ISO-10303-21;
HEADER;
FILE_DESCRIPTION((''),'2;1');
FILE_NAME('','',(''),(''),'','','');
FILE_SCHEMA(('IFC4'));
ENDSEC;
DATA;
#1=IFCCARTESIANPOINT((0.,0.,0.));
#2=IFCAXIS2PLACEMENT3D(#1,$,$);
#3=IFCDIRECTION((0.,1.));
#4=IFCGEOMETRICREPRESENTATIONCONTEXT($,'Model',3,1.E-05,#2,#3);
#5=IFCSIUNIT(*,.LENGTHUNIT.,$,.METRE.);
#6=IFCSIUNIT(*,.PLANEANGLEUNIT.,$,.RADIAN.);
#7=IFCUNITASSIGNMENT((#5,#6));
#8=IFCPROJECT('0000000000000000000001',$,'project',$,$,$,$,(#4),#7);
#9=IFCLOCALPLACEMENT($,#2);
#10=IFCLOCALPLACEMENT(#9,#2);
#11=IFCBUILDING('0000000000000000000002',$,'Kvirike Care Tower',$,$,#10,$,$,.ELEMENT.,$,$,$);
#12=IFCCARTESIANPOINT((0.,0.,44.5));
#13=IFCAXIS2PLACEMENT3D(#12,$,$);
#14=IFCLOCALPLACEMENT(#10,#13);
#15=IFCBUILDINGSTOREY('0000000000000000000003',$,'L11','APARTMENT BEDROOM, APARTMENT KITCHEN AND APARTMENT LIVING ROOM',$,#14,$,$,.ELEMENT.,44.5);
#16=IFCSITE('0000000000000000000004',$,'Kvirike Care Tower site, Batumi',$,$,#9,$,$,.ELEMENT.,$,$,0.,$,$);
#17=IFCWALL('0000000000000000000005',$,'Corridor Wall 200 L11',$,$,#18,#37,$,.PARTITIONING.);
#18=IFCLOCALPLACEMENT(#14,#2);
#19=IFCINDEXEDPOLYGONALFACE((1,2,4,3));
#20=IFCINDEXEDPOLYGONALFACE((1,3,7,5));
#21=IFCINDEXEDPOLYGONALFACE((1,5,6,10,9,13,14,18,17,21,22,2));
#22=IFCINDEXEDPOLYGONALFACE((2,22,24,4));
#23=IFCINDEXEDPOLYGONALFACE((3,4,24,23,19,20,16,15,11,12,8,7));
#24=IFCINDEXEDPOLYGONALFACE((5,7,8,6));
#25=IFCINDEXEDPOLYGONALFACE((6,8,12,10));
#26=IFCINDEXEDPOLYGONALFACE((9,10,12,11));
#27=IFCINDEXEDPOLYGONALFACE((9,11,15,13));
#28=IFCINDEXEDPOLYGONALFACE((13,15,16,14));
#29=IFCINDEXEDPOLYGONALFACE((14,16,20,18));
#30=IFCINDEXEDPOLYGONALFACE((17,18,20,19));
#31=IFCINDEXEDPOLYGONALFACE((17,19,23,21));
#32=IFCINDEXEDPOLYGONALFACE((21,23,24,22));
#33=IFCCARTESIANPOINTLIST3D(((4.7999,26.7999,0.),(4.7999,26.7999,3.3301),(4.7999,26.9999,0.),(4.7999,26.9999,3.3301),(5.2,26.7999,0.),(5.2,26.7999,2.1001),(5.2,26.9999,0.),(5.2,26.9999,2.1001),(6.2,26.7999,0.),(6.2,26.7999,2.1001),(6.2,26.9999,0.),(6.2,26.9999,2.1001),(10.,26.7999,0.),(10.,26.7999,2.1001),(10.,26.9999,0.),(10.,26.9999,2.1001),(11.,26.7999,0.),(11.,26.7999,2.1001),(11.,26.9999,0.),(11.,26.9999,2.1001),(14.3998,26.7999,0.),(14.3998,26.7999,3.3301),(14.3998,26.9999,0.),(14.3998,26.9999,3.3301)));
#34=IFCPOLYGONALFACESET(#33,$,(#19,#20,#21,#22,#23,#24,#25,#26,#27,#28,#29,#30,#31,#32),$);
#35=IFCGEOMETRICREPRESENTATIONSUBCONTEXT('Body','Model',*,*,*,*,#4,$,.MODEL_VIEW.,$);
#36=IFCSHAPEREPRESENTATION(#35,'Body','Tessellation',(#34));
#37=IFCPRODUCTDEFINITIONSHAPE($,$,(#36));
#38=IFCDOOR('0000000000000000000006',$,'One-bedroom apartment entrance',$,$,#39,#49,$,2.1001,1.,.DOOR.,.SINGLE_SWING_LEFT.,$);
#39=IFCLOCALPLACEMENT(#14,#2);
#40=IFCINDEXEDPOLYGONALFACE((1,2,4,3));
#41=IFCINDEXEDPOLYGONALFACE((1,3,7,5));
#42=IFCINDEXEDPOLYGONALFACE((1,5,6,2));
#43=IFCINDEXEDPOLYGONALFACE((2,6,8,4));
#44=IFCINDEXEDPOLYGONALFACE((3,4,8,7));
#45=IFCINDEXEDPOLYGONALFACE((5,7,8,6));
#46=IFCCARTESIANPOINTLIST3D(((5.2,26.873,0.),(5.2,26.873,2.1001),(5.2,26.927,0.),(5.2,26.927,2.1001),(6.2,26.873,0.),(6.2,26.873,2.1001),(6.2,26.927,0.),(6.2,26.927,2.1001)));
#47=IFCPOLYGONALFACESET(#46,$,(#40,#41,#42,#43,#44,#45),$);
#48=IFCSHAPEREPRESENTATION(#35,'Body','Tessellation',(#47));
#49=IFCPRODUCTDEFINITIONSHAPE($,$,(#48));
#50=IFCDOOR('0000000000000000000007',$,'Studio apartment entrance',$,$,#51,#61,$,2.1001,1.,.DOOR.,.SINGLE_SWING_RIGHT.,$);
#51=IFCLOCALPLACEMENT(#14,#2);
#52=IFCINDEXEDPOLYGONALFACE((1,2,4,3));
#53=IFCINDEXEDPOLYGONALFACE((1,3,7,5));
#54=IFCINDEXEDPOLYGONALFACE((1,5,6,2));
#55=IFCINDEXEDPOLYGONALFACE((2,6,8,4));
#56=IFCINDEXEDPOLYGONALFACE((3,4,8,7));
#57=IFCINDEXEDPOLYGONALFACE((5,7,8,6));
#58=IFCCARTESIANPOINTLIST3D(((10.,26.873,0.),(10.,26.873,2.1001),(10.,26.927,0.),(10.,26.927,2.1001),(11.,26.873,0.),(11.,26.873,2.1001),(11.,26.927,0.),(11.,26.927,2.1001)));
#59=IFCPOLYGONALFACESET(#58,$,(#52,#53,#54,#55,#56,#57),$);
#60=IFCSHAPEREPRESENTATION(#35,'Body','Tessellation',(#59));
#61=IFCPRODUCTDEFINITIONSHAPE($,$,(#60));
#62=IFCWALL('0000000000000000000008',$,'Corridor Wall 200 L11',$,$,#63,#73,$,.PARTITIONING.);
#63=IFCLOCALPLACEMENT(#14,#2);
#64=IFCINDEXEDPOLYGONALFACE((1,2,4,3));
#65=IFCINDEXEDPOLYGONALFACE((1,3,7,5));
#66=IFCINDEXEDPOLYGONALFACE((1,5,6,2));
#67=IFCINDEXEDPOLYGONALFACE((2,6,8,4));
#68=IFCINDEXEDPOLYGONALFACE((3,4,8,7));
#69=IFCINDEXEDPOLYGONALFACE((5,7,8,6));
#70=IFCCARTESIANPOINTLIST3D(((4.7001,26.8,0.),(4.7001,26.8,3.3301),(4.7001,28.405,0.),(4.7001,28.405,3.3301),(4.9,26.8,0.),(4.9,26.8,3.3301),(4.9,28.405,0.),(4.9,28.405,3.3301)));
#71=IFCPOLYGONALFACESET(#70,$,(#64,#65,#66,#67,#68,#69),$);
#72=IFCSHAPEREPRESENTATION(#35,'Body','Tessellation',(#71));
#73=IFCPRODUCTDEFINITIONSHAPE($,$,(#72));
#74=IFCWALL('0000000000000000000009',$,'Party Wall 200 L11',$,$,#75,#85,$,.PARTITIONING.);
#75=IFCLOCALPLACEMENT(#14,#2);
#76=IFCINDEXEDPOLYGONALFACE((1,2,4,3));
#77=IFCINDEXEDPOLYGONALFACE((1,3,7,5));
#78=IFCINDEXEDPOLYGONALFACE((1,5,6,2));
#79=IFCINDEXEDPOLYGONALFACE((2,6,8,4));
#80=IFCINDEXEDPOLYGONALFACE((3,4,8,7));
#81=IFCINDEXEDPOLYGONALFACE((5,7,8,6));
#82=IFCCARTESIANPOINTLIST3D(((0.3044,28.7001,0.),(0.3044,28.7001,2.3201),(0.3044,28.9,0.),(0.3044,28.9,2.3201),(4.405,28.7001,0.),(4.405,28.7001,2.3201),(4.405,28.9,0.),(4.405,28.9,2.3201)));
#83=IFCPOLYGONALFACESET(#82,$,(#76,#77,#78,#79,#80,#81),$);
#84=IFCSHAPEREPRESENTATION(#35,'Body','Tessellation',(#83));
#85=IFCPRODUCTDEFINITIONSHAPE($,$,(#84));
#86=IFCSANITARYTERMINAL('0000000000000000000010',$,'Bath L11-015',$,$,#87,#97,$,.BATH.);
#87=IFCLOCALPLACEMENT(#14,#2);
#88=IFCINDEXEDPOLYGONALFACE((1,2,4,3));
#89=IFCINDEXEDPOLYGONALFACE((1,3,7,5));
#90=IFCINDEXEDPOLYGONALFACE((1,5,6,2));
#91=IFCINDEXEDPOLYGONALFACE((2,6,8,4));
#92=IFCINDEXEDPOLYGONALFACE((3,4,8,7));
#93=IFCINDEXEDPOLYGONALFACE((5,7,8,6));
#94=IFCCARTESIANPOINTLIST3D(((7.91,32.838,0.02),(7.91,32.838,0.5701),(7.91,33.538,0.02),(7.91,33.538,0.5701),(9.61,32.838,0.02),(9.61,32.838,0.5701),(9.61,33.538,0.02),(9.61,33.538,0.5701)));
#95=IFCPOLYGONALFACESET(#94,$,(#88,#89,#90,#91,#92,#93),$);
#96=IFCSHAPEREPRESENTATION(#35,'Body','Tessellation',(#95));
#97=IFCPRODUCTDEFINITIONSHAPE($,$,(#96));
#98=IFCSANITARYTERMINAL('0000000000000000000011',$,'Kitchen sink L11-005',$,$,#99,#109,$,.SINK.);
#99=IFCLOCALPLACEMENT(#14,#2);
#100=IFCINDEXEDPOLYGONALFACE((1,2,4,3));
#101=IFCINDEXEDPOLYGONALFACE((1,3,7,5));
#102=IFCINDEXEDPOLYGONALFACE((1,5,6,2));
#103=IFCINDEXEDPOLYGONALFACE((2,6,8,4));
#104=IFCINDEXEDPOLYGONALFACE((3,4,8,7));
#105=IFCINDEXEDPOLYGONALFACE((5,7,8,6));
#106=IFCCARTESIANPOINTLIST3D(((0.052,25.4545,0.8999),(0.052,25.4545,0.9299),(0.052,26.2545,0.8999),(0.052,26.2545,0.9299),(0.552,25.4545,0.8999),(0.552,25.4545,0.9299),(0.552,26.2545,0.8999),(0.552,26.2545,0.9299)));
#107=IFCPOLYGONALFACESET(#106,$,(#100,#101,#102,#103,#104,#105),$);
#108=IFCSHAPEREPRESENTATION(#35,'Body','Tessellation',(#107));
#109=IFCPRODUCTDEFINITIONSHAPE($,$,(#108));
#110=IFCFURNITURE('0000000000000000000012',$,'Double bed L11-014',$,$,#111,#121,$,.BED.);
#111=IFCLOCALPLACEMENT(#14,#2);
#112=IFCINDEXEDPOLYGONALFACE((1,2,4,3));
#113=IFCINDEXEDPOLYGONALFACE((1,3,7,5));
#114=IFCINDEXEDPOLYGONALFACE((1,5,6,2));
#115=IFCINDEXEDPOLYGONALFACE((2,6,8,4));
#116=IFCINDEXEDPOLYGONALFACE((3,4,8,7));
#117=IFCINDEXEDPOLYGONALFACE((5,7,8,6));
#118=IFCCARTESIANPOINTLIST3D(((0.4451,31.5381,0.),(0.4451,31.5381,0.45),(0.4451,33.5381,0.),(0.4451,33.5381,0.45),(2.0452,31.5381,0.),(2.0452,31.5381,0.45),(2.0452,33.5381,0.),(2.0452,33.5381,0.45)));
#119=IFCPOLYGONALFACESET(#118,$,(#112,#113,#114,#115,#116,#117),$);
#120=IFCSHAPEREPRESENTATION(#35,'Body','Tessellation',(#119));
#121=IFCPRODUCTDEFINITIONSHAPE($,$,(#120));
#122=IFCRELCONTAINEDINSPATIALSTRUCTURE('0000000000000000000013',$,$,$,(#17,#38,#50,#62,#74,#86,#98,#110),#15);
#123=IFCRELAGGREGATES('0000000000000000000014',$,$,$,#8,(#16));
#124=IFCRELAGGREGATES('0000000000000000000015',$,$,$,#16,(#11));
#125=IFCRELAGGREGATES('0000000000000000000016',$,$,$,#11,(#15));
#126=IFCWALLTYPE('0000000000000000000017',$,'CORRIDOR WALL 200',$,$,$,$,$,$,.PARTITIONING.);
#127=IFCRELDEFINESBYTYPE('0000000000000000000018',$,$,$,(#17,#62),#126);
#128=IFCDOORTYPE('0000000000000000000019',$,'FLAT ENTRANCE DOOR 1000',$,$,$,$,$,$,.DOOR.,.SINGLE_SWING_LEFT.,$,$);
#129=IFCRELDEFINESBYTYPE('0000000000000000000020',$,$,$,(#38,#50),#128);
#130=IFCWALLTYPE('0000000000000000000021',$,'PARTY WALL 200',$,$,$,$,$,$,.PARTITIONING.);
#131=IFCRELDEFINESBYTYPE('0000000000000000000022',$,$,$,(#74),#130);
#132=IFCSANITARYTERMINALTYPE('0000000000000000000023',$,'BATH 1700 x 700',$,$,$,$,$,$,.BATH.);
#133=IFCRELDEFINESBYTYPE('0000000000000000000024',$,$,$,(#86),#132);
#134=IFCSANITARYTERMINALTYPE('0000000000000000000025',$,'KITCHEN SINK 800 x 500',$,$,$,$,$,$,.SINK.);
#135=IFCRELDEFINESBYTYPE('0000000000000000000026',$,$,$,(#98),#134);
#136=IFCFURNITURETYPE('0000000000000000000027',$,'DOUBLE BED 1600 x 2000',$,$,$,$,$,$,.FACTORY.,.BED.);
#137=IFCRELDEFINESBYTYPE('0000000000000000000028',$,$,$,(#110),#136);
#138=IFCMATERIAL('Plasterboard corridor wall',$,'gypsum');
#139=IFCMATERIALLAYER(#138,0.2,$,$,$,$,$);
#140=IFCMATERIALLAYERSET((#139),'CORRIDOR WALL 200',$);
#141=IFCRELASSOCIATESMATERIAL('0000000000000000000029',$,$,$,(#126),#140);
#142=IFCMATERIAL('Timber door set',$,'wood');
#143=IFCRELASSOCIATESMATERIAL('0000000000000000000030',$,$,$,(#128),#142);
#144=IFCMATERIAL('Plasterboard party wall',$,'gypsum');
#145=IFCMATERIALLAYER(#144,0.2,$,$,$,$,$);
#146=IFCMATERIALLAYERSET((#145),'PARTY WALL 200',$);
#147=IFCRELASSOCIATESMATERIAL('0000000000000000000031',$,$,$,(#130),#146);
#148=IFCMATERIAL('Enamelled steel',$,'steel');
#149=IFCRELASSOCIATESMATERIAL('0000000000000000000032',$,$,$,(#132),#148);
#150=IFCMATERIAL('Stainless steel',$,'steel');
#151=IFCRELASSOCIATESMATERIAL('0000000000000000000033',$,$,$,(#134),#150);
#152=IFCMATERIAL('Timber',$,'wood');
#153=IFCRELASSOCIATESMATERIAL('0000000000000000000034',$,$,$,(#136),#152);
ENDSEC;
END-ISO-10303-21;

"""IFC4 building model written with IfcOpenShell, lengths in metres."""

from ifc_helpers import new_model, si_unit, direction, frame, frame_2d, origin, origin_2d, place, context, subcontext, project, spatial, rectangle, extrude, material, layer, layer_set, type_object, element, fill, save


model = new_model("IFC4")

# Units and contexts
model_context = context("Model", 3, precision=1e-05, world=origin(), true_north=direction((0.0, 1.0)))
body_context = subcontext(model_context, "Body", "Model", "MODEL_VIEW")
ifc_project = project(units=[si_unit("LENGTHUNIT", "METRE"), si_unit("PLANEANGLEUNIT", "RADIAN")], contexts=[model_context])

# Site, building, storey
site_placement = place(None, origin())
site = spatial("IfcSite", under=ifc_project, at=site_placement, Name="Kvirike Care Tower site, Batumi", CompositionType="ELEMENT", RefElevation=0.0)
building_placement = place(site_placement, origin())
building = spatial("IfcBuilding", under=site, at=building_placement, Name="Kvirike Care Tower", CompositionType="ELEMENT")
storey_placement = place(building_placement, frame((0.0, 0.0, 44.5)))
storey = spatial("IfcBuildingStorey", under=building, at=storey_placement, Name="L11", Description="APARTMENT BEDROOM, APARTMENT KITCHEN AND APARTMENT LIVING ROOM", CompositionType="ELEMENT", Elevation=44.5)

# Wall, openings, doors
ifc_material_1 = material(Name="Plasterboard corridor wall", Category="gypsum")
ifc_layer_1 = layer(ifc_material_1, 0.2)
ifc_layer_set_1 = layer_set([ifc_layer_1], Name="CORRIDOR WALL 200")
wall_type_1 = type_object("IfcWallType", Name="CORRIDOR WALL 200", PredefinedType="PARTITIONING", material=ifc_layer_set_1)
wall_1_placement = place(storey_placement, frame((4.8, 26.8999, 0.0), z_axis=(0.0, 0.0, 1.0), x_axis=(1.0, 0.0, 0.0)))
wall_1 = element("IfcWall", 1, at=wall_1_placement, inside=storey, type_object=wall_type_1, Name="Corridor Wall 200 L11", PredefinedType="PARTITIONING", context=body_context, shape_type="SweptSolid", body=[
    extrude(rectangle(XDim=9.5999, YDim=0.2, at=frame_2d((4.7998, 0.0))), origin(), (0.0, 0.0, 1.0), 3.3301),
])
opening_1_placement = place(wall_1_placement, frame((0.3999, 0.0, 0.0)))
opening_1 = element("IfcOpeningElement", 2, at=opening_1_placement, cuts=wall_1, PredefinedType="OPENING", context=body_context, shape_type="SweptSolid", body=[
    extrude(rectangle(XDim=1.0, YDim=2.1001, at=frame_2d((0.5, 1.05))), frame((0.0, 0.1106, 0.0), z_axis=(0.0, -1.0, 0.0), x_axis=(1.0, 0.0, 0.0)), (0.0, 0.0, 1.0), 0.2209),
])
opening_2_placement = place(wall_1_placement, frame((5.2, 0.0, 0.0)))
opening_2 = element("IfcOpeningElement", 3, at=opening_2_placement, cuts=wall_1, PredefinedType="OPENING", context=body_context, shape_type="SweptSolid", body=[
    extrude(rectangle(XDim=1.0, YDim=2.1001, at=frame_2d((0.5, 1.05))), frame((0.0, 0.1106, 0.0), z_axis=(0.0, -1.0, 0.0), x_axis=(1.0, 0.0, 0.0)), (0.0, 0.0, 1.0), 0.2209),
])
ifc_material_2 = material(Name="Timber door set", Category="wood")
door_type_1 = type_object("IfcDoorType", Name="FLAT ENTRANCE DOOR 1000", OperationType="SINGLE_SWING_LEFT", PredefinedType="DOOR", material=ifc_material_2)
door_1_placement = place(opening_1_placement, frame((1.0, 0.0, 0.0), z_axis=(0.0, 0.0, 1.0), x_axis=(-1.0, 0.0, 0.0)))
door_1 = element("IfcDoor", 4, at=door_1_placement, inside=storey, type_object=door_type_1, Name="One-bedroom apartment entrance", OperationType="SINGLE_SWING_LEFT", OverallHeight=2.1001, OverallWidth=1.0, PredefinedType="DOOR", context=body_context, shape_type="SweptSolid", body=[
    extrude(rectangle(XDim=1.0, YDim=2.1001, at=frame_2d((0.5, 1.05))), frame((0.0, 0.0269, 0.0), z_axis=(0.0, -1.0, 0.0), x_axis=(1.0, 0.0, 0.0)), (0.0, 0.0, 1.0), 0.054),
])
fill(opening_1, door_1)
door_2_placement = place(opening_2_placement, frame((1.0, 0.0, 0.0), z_axis=(0.0, 0.0, 1.0), x_axis=(-1.0, 0.0, 0.0)))
door_2 = element("IfcDoor", 5, at=door_2_placement, inside=storey, type_object=door_type_1, Name="Studio apartment entrance", OperationType="SINGLE_SWING_RIGHT", OverallHeight=2.1001, OverallWidth=1.0, PredefinedType="DOOR", context=body_context, shape_type="SweptSolid", body=[
    extrude(rectangle(XDim=1.0, YDim=2.1001, at=frame_2d((0.5, 1.05))), frame((0.0, 0.0269, 0.0), z_axis=(0.0, -1.0, 0.0), x_axis=(1.0, 0.0, 0.0)), (0.0, 0.0, 1.0), 0.054),
])
fill(opening_2, door_2)

# Walls
wall_2_placement = place(storey_placement, frame((4.8, 26.8, 0.0), z_axis=(0.0, 0.0, 1.0), x_axis=(0.0, 1.0, 0.0)))
element("IfcWall", 6, at=wall_2_placement, inside=storey, type_object=wall_type_1, Name="Corridor Wall 200 L11", PredefinedType="PARTITIONING", context=body_context, shape_type="SweptSolid", body=[
    extrude(rectangle(XDim=1.605, YDim=0.2, at=frame_2d((0.8025, 0.0))), origin(), (0.0, 0.0, 1.0), 3.3301),
])
ifc_material_3 = material(Name="Plasterboard party wall", Category="gypsum")
ifc_layer_2 = layer(ifc_material_3, 0.2)
ifc_layer_set_2 = layer_set([ifc_layer_2], Name="PARTY WALL 200")
wall_type_2 = type_object("IfcWallType", Name="PARTY WALL 200", PredefinedType="PARTITIONING", material=ifc_layer_set_2)
wall_3_placement = place(storey_placement, frame((4.405, 28.8, 0.0), z_axis=(0.0, 0.0, 1.0), x_axis=(-1.0, 0.0, 0.0)))
element("IfcWall", 7, at=wall_3_placement, inside=storey, type_object=wall_type_2, Name="Party Wall 200 L11", PredefinedType="PARTITIONING", context=body_context, shape_type="SweptSolid", body=[
    extrude(rectangle(XDim=4.1006, YDim=0.2, at=frame_2d((2.0503, 0.0))), origin(), (0.0, 0.0, 1.0), 2.3201),
])

# Sanitary terminals
ifc_material_4 = material(Name="Enamelled steel", Category="steel")
sanitary_terminal_type_1 = type_object("IfcSanitaryTerminalType", Name="BATH 1700 x 700", PredefinedType="BATH", material=ifc_material_4)
sanitary_terminal_1_placement = place(storey_placement, frame((8.76, 33.188, 0.02), z_axis=(0.0, 0.0, 1.0), x_axis=(1.0, 0.0, 0.0)))
element("IfcSanitaryTerminal", 8, at=sanitary_terminal_1_placement, inside=storey, type_object=sanitary_terminal_type_1, Name="Bath L11-015", PredefinedType="BATH", context=body_context, shape_type="SweptSolid", body=[
    extrude(rectangle(XDim=1.7, YDim=0.7, at=origin_2d()), origin(), (0.0, 0.0, 1.0), 0.55),
])
ifc_material_5 = material(Name="Stainless steel", Category="steel")
sanitary_terminal_type_2 = type_object("IfcSanitaryTerminalType", Name="KITCHEN SINK 800 x 500", PredefinedType="SINK", material=ifc_material_5)
sanitary_terminal_2_placement = place(storey_placement, frame((0.302, 25.8545, 0.8999), z_axis=(0.0, 0.0, 1.0), x_axis=(0.0, 1.0, 0.0)))
element("IfcSanitaryTerminal", 9, at=sanitary_terminal_2_placement, inside=storey, type_object=sanitary_terminal_type_2, Name="Kitchen sink L11-005", PredefinedType="SINK", context=body_context, shape_type="SweptSolid", body=[
    extrude(rectangle(XDim=0.8, YDim=0.5, at=origin_2d()), origin(), (0.0, 0.0, 1.0), 0.03),
])

# Furniture
ifc_material_6 = material(Name="Timber", Category="wood")
furniture_type = type_object("IfcFurnitureType", Name="DOUBLE BED 1600 x 2000", AssemblyPlace="FACTORY", PredefinedType="BED", material=ifc_material_6)
furniture_placement = place(storey_placement, frame((1.2451, 32.5381, 0.0), z_axis=(0.0, 0.0, 1.0), x_axis=(1.0, 0.0, 0.0)))
element("IfcFurniture", 10, at=furniture_placement, inside=storey, type_object=furniture_type, Name="Double bed L11-014", PredefinedType="BED", context=body_context, shape_type="SweptSolid", body=[
    extrude(rectangle(XDim=1.6001, YDim=2.0, at=origin_2d()), origin(), (0.0, 0.0, 1.0), 0.45),
])

save(model, "model.ifc")
